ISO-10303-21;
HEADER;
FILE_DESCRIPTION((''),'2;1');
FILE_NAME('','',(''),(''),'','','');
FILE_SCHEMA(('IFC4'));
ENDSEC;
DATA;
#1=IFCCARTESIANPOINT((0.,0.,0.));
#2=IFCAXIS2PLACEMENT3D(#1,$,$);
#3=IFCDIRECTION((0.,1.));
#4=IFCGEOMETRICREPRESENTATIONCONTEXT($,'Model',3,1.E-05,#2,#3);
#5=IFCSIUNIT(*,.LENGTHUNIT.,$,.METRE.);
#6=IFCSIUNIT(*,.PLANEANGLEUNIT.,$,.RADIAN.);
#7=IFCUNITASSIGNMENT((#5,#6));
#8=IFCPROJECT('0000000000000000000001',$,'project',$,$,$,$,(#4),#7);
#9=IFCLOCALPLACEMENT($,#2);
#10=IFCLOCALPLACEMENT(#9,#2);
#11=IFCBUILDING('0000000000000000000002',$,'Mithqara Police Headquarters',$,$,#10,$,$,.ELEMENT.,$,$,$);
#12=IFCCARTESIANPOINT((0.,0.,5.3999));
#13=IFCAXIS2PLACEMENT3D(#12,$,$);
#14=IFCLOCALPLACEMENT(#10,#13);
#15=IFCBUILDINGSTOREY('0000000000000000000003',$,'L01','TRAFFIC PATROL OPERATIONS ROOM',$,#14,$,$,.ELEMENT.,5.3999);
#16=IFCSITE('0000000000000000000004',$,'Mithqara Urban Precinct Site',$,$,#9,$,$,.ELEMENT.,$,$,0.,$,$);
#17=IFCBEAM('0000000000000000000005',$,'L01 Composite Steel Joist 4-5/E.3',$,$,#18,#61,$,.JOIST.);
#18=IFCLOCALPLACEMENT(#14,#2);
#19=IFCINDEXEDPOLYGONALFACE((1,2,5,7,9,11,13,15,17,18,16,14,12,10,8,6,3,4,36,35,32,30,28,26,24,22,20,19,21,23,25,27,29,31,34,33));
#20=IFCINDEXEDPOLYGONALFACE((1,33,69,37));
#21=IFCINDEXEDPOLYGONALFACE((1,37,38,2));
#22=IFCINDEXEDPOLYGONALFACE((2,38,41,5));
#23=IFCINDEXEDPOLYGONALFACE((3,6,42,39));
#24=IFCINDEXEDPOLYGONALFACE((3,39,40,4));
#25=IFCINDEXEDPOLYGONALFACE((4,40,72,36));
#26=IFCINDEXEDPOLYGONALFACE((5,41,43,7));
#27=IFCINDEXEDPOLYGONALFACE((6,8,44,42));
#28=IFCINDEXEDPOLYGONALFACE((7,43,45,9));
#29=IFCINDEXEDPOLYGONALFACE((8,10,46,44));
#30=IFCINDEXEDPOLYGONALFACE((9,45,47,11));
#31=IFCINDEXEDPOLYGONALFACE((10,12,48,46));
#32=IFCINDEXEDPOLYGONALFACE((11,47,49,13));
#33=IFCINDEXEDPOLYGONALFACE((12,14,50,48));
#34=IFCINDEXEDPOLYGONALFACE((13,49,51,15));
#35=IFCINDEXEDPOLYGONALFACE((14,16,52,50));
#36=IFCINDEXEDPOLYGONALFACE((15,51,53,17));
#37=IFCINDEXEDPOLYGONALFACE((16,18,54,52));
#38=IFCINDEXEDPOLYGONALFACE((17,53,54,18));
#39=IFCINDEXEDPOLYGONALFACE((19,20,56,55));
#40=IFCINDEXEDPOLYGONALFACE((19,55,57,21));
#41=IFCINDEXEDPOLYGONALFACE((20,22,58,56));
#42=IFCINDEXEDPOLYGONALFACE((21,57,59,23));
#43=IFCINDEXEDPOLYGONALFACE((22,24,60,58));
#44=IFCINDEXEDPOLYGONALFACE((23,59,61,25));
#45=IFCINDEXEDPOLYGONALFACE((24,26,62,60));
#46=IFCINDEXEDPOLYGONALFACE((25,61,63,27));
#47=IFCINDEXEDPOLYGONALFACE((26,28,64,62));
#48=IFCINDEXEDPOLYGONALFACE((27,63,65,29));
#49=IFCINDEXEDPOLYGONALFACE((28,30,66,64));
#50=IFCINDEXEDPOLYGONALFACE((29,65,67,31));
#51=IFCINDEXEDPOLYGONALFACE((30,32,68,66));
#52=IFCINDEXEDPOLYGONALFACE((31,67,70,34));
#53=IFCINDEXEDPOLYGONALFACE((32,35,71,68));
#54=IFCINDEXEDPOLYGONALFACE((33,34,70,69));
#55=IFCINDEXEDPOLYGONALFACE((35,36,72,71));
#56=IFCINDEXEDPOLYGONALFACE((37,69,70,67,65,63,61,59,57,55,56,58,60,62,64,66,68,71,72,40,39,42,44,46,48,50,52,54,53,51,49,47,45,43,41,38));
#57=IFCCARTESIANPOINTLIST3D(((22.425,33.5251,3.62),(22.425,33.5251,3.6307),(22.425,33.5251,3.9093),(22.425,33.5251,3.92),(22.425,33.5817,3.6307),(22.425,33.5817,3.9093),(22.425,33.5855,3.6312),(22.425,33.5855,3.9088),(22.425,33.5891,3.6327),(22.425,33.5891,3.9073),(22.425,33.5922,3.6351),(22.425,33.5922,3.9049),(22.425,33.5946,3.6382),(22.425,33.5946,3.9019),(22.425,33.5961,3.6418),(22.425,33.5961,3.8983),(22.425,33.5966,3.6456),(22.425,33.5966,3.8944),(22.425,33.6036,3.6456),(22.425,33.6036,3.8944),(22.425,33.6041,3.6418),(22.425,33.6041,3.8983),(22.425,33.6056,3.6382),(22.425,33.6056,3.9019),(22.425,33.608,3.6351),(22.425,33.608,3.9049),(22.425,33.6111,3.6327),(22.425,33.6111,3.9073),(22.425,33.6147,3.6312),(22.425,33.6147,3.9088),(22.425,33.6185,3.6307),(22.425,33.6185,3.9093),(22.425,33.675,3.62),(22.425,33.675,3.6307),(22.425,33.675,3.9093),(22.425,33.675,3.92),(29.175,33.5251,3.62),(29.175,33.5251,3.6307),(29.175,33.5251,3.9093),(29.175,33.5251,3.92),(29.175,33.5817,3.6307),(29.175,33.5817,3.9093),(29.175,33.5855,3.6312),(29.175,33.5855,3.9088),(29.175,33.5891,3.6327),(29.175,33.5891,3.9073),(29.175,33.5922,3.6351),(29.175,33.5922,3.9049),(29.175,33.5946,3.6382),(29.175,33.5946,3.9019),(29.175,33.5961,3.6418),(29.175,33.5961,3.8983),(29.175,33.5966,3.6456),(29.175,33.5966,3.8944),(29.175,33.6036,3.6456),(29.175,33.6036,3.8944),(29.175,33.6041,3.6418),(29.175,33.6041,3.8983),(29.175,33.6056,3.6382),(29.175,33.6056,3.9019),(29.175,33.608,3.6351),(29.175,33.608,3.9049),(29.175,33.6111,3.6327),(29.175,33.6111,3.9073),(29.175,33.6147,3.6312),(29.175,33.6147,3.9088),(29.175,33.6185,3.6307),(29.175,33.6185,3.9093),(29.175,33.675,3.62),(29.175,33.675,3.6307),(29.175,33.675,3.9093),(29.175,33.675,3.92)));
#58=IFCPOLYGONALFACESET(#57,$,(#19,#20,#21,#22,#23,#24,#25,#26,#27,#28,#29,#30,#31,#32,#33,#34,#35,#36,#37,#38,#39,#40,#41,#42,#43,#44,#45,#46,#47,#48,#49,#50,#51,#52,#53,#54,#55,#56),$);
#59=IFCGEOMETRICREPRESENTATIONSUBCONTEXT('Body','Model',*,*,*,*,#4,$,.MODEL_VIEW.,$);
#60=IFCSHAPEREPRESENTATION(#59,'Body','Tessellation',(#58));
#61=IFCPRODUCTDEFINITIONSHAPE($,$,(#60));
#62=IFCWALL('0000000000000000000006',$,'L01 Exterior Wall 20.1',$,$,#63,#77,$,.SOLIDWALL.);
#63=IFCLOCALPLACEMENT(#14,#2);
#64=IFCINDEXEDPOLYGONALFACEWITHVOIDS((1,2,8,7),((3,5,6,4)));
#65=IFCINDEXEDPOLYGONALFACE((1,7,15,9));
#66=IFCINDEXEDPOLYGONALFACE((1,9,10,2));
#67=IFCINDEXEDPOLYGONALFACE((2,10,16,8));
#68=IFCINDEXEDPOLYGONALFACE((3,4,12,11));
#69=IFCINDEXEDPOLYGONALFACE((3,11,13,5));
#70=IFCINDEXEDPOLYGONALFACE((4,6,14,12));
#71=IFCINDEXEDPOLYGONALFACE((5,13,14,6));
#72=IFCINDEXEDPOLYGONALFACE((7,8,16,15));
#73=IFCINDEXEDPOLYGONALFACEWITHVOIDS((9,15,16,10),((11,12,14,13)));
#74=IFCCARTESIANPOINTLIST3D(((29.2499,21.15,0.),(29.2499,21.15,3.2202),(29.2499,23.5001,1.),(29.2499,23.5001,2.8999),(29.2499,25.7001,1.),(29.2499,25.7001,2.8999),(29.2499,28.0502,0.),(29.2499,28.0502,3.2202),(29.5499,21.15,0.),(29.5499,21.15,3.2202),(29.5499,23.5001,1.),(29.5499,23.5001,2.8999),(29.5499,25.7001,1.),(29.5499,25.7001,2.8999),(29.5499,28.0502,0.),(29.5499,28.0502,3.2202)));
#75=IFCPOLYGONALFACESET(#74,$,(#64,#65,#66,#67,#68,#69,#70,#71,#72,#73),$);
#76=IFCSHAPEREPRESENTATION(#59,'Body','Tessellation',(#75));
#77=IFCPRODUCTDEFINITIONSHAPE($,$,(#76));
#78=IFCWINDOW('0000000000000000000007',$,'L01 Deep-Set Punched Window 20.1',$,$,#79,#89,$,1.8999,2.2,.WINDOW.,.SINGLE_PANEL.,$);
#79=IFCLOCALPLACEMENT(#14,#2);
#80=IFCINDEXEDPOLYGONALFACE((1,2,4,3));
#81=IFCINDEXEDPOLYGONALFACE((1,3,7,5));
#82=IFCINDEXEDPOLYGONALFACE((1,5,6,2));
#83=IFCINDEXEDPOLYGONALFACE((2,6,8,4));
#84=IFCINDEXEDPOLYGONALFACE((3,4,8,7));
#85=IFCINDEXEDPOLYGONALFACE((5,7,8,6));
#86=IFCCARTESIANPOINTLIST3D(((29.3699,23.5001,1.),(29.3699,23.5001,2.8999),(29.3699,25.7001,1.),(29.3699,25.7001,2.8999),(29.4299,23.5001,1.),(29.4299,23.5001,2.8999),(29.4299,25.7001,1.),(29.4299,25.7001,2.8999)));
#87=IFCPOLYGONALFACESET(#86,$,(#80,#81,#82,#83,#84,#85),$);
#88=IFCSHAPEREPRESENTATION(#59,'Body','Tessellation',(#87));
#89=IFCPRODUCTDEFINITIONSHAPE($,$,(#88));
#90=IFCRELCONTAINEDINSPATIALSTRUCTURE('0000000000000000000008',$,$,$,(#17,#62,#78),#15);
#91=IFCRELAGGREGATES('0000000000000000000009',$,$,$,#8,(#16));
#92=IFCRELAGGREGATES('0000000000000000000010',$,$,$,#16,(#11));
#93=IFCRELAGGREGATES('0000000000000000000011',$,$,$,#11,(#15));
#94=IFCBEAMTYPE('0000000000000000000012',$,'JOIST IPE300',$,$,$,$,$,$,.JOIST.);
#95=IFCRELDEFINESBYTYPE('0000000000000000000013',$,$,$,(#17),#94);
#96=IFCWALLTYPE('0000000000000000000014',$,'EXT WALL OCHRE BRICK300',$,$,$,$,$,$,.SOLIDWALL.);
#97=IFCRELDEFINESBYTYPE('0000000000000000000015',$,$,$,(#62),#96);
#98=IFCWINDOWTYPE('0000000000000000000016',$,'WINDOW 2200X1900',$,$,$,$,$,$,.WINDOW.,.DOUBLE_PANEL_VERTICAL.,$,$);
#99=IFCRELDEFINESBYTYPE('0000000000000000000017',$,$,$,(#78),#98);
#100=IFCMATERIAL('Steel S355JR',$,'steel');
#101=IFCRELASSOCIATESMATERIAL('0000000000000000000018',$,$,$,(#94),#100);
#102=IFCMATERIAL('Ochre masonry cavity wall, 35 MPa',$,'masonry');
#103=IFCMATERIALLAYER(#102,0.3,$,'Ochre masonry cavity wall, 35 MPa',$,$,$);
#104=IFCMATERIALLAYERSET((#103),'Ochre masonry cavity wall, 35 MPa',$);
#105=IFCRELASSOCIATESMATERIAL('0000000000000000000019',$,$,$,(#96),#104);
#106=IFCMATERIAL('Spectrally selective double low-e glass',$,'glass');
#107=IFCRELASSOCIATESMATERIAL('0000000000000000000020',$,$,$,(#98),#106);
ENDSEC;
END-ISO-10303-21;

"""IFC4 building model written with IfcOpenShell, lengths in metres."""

from ifc_helpers import new_model, si_unit, direction, frame, frame_2d, origin, origin_2d, place, context, subcontext, project, spatial, rectangle, i_section, extrude, material, layer, layer_set, material_profile, profile_set, type_object, element, fill, save


model = new_model("IFC4")

# Units and contexts
model_context = context("Model", 3, precision=1e-05, world=origin(), true_north=direction((0.0, 1.0)))
body_context = subcontext(model_context, "Body", "Model", "MODEL_VIEW")
ifc_project = project(units=[si_unit("LENGTHUNIT", "METRE"), si_unit("PLANEANGLEUNIT", "RADIAN")], contexts=[model_context])

# Site, building, storey
site_placement = place(None, origin())
site = spatial("IfcSite", under=ifc_project, at=site_placement, Name="Mithqara Urban Precinct Site", CompositionType="ELEMENT", RefElevation=0.0)
building_placement = place(site_placement, origin())
building = spatial("IfcBuilding", under=site, at=building_placement, Name="Mithqara Police Headquarters", CompositionType="ELEMENT")
storey_placement = place(building_placement, frame((0.0, 0.0, 5.3999)))
storey = spatial("IfcBuildingStorey", under=building, at=storey_placement, Name="L01", Description="TRAFFIC PATROL OPERATIONS ROOM", CompositionType="ELEMENT", Elevation=5.3999)

# Beam
ifc_material_1 = material(Name="Steel S355JR", Category="steel")
ifc_material_profile_1 = material_profile(ifc_material_1, i_section(OverallWidth=0.1499, OverallDepth=0.3, WebThickness=0.0071, FlangeThickness=0.0107, FilletRadius=0.0149, at=origin_2d()), Name="IPE 300")
ifc_profile_set_1 = profile_set([ifc_material_profile_1], Name="Steel S355JR")
beam_type_1 = type_object("IfcBeamType", Name="JOIST IPE300", PredefinedType="JOIST", material=ifc_profile_set_1)
beam_1_placement = place(storey_placement, frame((22.425, 33.6001, 3.77), z_axis=(1.0, 0.0, 0.0), x_axis=(0.0, 1.0, 0.0)))
element("IfcBeam", 1, at=beam_1_placement, inside=storey, type_object=beam_type_1, Name="L01 Composite Steel Joist 4-5/E.3", PredefinedType="JOIST", context=body_context, shape_type="SweptSolid", body=[
    extrude(i_section(OverallWidth=0.1499, OverallDepth=0.3, WebThickness=0.0071, FlangeThickness=0.0107, FilletRadius=0.0149, at=origin_2d()), origin(), (0.0, 0.0, 1.0), 6.75),
])

# Wall, opening, window
ifc_material_2 = material(Name="Ochre masonry cavity wall, 35 MPa", Category="masonry")
ifc_layer_1 = layer(ifc_material_2, 0.3, Name="Ochre masonry cavity wall, 35 MPa")
ifc_layer_set_1 = layer_set([ifc_layer_1], Name="Ochre masonry cavity wall, 35 MPa")
wall_type = type_object("IfcWallType", Name="EXT WALL OCHRE BRICK300", PredefinedType="SOLIDWALL", material=ifc_layer_set_1)
wall_1_placement = place(storey_placement, frame((29.3999, 21.1499, 0.0), z_axis=(0.0, 0.0, 1.0), x_axis=(0.0, 1.0, 0.0)))
wall_1 = element("IfcWall", 2, at=wall_1_placement, inside=storey, type_object=wall_type, Name="L01 Exterior Wall 20.1", PredefinedType="SOLIDWALL", context=body_context, shape_type="SweptSolid", body=[
    extrude(rectangle(XDim=6.9001, YDim=0.3, at=frame_2d((3.4502, 0.0))), origin(), (0.0, 0.0, 1.0), 3.2202),
])
opening_1_placement = place(wall_1_placement, frame((2.3501, 0.0, 1.0)))
opening_1 = element("IfcOpeningElement", 3, at=opening_1_placement, cuts=wall_1, PredefinedType="OPENING", context=body_context, shape_type="SweptSolid", body=[
    extrude(rectangle(XDim=2.2, YDim=1.8999, at=frame_2d((1.1001, 0.95))), frame((0.0, 0.1602, 0.0), z_axis=(0.0, -1.0, 0.0), x_axis=(1.0, 0.0, 0.0)), (0.0, 0.0, 1.0), 0.3201),
])
ifc_material_3 = material(Name="Spectrally selective double low-e glass", Category="glass")
window_type_1 = type_object("IfcWindowType", Name="WINDOW 2200X1900", PartitioningType="DOUBLE_PANEL_VERTICAL", PredefinedType="WINDOW", material=ifc_material_3)
window_1_placement = place(opening_1_placement, origin())
window_1 = element("IfcWindow", 4, at=window_1_placement, inside=storey, type_object=window_type_1, Name="L01 Deep-Set Punched Window 20.1", OverallHeight=1.8999, OverallWidth=2.2, PartitioningType="SINGLE_PANEL", PredefinedType="WINDOW", context=body_context, shape_type="SweptSolid", body=[
    extrude(rectangle(XDim=2.2, YDim=1.8999, at=frame_2d((1.1001, 0.95))), frame((0.0, 0.03, 0.0), z_axis=(0.0, -1.0, 0.0), x_axis=(1.0, 0.0, 0.0)), (0.0, 0.0, 1.0), 0.0601),
])
fill(opening_1, window_1)

save(model, "model.ifc")
